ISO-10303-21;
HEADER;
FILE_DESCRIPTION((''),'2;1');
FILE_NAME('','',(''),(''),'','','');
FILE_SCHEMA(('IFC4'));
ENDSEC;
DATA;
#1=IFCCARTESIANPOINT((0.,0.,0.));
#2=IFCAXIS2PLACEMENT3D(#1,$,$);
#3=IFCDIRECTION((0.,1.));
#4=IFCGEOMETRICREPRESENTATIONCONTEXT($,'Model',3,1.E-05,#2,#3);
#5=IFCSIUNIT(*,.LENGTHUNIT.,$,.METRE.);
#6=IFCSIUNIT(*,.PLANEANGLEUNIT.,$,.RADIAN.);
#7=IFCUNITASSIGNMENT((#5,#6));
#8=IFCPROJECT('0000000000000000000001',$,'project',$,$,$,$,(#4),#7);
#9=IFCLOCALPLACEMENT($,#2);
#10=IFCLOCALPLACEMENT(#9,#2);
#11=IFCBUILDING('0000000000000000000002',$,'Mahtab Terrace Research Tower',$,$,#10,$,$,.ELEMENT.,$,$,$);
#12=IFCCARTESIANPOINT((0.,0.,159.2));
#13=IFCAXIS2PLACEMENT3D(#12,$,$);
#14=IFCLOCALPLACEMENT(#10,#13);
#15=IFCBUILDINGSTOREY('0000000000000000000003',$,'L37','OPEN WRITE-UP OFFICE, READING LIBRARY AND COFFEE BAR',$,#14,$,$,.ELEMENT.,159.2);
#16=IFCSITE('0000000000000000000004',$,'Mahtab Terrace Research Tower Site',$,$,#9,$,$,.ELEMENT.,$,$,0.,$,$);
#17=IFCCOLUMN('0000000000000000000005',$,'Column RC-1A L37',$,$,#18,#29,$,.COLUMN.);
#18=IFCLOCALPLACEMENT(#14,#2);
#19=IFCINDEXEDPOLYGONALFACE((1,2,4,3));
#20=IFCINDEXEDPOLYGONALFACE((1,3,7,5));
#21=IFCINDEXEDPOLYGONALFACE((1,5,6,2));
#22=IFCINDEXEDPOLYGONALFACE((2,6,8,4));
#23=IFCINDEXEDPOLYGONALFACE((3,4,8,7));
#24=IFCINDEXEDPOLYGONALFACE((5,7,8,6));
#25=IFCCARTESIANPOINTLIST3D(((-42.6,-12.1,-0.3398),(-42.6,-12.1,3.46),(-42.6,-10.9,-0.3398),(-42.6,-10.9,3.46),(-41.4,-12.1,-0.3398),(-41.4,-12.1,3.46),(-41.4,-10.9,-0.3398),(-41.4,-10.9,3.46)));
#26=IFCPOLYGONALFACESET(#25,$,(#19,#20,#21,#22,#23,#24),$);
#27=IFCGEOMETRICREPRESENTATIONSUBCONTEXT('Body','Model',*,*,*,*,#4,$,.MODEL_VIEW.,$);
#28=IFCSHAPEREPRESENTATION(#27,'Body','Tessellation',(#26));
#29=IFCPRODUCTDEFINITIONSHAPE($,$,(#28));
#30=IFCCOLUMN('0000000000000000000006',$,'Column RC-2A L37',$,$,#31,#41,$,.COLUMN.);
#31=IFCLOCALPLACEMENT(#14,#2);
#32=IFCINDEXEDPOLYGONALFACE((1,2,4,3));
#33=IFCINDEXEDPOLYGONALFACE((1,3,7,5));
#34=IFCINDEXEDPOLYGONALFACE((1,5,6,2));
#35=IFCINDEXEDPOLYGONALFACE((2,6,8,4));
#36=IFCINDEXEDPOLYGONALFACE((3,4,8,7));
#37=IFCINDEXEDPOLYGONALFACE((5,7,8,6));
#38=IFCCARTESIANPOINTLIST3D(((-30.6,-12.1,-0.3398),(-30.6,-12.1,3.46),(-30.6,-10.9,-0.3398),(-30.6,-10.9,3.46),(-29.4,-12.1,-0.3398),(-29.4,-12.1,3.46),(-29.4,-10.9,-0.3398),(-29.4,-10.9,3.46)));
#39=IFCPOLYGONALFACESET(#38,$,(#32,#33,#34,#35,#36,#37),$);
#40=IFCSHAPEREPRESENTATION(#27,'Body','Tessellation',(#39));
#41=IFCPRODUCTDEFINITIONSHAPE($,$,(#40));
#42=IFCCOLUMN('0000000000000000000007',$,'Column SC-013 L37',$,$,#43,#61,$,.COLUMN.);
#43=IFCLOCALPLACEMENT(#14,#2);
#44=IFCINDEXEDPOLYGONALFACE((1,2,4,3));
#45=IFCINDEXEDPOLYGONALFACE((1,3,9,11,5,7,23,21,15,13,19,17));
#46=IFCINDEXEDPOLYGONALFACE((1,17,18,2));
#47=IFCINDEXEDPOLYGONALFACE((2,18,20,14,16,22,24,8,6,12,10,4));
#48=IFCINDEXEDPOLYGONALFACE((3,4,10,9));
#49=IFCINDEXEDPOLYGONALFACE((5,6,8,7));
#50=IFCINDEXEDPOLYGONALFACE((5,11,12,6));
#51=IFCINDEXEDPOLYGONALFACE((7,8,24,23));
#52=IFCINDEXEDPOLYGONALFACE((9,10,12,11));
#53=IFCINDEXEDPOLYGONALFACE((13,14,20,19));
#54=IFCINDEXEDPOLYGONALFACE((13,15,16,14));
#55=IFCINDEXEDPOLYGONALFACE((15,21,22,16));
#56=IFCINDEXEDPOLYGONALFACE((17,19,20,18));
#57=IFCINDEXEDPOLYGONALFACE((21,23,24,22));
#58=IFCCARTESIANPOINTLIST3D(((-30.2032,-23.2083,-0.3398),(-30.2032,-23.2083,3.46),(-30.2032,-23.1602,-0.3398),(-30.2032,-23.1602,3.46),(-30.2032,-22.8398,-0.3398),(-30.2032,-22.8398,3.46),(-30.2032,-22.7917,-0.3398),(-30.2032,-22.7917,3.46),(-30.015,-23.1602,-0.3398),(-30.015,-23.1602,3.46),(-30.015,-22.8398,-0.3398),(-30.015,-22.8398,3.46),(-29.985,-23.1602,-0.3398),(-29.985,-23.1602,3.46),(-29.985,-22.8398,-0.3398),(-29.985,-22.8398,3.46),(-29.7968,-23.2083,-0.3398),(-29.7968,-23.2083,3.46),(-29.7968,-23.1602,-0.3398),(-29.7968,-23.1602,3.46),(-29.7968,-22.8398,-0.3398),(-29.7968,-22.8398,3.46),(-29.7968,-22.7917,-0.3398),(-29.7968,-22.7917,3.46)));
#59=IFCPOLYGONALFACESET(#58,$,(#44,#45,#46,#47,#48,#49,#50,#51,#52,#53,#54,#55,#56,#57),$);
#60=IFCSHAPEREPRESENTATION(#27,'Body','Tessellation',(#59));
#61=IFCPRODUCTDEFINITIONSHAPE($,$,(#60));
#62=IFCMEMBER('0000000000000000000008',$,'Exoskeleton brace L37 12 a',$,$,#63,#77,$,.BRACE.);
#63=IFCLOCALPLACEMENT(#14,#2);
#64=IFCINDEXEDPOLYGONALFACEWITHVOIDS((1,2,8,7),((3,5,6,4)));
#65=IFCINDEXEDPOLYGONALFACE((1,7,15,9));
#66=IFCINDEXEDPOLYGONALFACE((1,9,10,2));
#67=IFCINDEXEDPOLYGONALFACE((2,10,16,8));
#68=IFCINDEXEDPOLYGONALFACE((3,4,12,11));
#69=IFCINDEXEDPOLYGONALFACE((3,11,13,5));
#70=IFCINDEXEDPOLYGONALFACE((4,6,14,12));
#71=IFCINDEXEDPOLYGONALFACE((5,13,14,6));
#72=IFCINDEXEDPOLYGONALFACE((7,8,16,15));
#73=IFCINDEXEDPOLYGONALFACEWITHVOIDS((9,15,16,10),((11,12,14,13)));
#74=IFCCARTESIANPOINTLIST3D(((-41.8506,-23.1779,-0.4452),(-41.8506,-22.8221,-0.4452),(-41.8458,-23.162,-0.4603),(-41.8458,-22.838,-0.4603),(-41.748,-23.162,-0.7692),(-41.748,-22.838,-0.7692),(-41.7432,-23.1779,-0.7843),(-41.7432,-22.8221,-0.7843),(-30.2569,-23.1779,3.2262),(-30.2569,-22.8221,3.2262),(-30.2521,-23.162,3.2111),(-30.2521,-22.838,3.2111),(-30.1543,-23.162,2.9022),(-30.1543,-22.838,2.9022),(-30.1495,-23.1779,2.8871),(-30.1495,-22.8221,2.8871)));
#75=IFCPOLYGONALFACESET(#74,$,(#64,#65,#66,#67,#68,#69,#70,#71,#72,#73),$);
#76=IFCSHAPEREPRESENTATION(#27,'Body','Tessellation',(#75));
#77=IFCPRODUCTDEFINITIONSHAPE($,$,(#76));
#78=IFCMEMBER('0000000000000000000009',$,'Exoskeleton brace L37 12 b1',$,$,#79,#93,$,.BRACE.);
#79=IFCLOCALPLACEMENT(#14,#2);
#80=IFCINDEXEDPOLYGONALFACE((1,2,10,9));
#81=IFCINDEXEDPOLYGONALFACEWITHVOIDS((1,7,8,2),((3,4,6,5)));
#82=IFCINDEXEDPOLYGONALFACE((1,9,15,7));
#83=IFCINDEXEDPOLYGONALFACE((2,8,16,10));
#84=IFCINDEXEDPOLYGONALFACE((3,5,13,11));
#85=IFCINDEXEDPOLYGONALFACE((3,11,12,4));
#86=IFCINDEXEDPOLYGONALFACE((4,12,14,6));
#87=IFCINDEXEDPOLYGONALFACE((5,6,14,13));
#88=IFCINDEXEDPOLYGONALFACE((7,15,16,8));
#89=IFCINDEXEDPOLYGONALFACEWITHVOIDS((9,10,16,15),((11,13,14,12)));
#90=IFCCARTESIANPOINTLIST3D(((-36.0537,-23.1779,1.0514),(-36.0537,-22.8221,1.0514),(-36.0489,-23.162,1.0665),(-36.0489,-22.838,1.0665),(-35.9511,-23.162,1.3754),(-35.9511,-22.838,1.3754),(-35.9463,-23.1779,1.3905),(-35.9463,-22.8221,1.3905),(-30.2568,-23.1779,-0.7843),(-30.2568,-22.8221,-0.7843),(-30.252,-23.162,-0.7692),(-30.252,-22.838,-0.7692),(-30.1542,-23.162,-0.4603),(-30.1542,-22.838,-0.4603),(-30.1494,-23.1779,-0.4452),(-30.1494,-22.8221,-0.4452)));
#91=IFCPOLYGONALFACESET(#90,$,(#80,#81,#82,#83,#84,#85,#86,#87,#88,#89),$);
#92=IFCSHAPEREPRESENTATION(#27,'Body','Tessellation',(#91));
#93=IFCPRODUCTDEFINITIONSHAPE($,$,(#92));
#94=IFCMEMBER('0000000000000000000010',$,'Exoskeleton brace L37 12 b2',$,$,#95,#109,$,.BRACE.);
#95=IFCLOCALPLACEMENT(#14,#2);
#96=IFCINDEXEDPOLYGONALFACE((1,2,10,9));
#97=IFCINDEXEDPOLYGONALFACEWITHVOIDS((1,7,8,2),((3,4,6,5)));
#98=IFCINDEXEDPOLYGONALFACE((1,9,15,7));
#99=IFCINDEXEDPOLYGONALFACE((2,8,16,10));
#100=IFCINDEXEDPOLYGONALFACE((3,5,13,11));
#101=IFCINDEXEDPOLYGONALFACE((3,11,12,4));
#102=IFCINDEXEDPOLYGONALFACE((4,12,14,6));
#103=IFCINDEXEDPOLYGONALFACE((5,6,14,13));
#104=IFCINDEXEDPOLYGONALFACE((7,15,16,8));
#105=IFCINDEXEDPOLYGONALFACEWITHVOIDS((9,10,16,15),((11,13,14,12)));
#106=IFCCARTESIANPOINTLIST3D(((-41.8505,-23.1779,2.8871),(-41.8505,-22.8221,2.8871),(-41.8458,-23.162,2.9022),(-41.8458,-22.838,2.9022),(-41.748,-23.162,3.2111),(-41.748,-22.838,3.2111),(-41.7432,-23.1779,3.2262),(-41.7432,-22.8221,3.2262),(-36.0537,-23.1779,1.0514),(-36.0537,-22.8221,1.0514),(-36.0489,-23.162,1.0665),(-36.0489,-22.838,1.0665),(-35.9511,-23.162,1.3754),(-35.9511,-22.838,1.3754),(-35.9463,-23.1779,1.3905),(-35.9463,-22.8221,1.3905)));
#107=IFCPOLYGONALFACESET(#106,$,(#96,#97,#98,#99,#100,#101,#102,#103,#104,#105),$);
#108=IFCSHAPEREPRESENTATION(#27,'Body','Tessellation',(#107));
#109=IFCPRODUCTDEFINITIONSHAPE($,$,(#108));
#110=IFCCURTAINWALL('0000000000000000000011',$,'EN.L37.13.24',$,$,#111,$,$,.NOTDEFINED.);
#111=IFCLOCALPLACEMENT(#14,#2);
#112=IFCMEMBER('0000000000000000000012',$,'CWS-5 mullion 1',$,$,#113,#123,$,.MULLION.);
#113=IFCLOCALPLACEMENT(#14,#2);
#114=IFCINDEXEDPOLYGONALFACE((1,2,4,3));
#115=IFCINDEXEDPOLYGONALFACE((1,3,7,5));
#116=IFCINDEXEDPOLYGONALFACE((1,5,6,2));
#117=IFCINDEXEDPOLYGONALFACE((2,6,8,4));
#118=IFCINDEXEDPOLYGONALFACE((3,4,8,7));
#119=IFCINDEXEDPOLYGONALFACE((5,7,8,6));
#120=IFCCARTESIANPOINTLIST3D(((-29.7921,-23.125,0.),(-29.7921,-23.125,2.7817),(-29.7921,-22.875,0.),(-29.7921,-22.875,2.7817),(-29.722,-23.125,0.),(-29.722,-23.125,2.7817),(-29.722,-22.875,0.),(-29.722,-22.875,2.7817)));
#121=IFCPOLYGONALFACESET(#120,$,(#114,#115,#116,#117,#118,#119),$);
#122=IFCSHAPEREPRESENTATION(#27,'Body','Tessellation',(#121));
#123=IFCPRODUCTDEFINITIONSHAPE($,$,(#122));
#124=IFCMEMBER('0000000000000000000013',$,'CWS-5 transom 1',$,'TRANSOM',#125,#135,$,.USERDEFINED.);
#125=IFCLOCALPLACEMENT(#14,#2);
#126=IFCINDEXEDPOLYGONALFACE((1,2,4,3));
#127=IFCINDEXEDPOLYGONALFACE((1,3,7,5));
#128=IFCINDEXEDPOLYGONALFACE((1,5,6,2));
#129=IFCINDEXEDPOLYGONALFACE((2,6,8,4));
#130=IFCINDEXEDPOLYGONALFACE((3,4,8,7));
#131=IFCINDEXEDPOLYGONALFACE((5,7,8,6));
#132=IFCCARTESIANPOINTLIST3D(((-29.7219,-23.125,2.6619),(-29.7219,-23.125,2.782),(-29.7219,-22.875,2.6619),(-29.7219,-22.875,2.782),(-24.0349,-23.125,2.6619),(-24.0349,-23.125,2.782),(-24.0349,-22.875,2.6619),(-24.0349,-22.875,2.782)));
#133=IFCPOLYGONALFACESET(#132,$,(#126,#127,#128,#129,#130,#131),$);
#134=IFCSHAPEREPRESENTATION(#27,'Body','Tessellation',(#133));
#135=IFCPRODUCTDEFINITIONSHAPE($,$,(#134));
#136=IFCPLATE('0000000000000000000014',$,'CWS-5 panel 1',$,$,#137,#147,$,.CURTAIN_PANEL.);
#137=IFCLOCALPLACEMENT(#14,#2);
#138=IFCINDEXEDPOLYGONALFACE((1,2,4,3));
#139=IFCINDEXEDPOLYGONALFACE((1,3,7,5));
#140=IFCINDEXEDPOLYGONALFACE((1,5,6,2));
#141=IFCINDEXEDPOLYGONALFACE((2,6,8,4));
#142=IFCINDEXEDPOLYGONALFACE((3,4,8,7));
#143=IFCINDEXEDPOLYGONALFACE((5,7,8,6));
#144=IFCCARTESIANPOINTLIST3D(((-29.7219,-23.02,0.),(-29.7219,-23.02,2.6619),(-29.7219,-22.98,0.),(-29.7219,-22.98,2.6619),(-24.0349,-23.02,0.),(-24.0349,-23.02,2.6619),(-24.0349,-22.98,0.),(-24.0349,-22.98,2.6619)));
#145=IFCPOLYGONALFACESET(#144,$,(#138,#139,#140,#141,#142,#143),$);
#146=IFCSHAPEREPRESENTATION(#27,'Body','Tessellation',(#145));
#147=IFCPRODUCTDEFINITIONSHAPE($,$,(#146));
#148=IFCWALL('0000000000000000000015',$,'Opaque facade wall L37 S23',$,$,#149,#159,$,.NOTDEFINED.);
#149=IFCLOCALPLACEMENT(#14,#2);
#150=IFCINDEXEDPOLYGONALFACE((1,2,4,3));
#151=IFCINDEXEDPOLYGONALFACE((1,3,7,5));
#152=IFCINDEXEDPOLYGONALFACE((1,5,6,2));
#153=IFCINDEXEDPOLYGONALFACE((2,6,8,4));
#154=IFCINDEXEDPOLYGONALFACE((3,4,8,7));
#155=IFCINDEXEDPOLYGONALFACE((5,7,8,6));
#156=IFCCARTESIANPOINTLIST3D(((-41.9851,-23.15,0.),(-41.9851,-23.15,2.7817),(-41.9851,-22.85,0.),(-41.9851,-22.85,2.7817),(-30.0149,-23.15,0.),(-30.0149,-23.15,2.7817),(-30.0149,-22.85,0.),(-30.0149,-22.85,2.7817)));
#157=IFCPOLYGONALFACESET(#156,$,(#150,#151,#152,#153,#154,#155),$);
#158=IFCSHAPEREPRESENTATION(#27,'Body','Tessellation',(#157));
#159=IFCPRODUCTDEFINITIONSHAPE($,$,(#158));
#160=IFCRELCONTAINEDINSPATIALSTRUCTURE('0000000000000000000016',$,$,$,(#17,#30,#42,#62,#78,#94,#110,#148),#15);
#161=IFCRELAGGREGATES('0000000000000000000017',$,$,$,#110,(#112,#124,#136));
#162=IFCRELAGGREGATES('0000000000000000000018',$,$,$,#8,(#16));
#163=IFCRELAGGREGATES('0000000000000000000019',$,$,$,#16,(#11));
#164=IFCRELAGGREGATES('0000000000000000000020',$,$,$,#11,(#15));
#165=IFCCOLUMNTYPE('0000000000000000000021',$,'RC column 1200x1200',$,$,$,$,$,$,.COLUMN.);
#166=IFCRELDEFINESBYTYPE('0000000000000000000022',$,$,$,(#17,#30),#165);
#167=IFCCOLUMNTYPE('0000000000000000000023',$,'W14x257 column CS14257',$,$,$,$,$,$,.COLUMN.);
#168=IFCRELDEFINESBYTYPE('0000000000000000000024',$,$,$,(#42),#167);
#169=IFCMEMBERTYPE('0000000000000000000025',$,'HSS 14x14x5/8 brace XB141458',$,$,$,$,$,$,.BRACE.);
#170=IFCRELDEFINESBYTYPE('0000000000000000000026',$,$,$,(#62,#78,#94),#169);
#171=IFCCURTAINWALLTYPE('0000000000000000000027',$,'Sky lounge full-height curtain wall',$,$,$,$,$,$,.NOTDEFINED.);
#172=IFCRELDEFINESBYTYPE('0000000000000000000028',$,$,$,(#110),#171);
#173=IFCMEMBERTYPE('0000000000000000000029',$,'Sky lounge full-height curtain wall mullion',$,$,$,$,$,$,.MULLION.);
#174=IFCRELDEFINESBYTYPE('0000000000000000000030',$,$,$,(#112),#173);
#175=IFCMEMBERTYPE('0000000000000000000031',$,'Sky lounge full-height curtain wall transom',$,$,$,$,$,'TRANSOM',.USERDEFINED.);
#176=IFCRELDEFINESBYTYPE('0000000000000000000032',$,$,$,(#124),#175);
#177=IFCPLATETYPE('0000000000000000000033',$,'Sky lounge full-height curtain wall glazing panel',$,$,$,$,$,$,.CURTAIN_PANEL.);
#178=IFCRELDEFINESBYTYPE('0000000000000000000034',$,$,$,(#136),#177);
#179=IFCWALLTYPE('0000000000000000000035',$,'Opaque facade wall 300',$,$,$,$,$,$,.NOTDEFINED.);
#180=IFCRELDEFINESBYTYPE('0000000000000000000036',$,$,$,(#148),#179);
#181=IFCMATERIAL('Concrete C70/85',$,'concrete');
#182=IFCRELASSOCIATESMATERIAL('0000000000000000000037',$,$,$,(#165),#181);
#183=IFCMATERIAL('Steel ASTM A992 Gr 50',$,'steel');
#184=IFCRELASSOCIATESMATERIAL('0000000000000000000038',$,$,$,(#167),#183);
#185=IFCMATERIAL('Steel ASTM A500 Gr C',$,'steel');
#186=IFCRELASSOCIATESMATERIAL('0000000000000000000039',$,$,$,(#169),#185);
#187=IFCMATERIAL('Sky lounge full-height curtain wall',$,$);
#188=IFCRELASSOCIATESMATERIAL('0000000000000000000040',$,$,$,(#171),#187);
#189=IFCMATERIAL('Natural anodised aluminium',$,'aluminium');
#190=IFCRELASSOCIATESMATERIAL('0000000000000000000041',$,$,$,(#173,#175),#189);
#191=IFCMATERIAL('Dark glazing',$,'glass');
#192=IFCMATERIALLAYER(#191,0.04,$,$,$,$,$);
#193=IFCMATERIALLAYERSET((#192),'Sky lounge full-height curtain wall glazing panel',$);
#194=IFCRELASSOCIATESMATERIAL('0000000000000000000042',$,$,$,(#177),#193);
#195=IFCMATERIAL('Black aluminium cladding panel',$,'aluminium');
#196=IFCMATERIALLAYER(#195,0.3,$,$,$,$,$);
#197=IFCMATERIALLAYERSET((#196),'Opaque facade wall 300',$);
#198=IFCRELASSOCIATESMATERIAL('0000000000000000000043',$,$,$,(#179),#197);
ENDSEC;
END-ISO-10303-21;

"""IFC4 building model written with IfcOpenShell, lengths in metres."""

from ifc_helpers import new_model, si_unit, direction, frame, frame_2d, origin, origin_2d, place, context, subcontext, project, spatial, rectangle, hollow_rectangle, i_section, extrude, material, layer, layer_set, material_profile, profile_set, type_object, element, aggregate, save


model = new_model("IFC4")

# Units and contexts
model_context = context("Model", 3, precision=1e-05, world=origin(), true_north=direction((0.0, 1.0)))
body_context = subcontext(model_context, "Body", "Model", "MODEL_VIEW")
ifc_project = project(units=[si_unit("LENGTHUNIT", "METRE"), si_unit("PLANEANGLEUNIT", "RADIAN")], contexts=[model_context])

# Site, building, storey
site_placement = place(None, origin())
site = spatial("IfcSite", under=ifc_project, at=site_placement, Name="Mahtab Terrace Research Tower Site", CompositionType="ELEMENT", RefElevation=0.0)
building_placement = place(site_placement, origin())
building = spatial("IfcBuilding", under=site, at=building_placement, Name="Mahtab Terrace Research Tower", CompositionType="ELEMENT")
storey_placement = place(building_placement, frame((0.0, 0.0, 159.2)))
storey = spatial("IfcBuildingStorey", under=building, at=storey_placement, Name="L37", Description="OPEN WRITE-UP OFFICE, READING LIBRARY AND COFFEE BAR", CompositionType="ELEMENT", Elevation=159.2)

# Columns
ifc_material_1 = material(Name="Concrete C70/85", Category="concrete")
ifc_material_profile_1 = material_profile(ifc_material_1, rectangle(XDim=1.2, YDim=1.2, at=origin_2d()), Name="RC column 1200x1200")
ifc_profile_set_1 = profile_set([ifc_material_profile_1], Name="Concrete C70/85")
column_type_1 = type_object("IfcColumnType", Name="RC column 1200x1200", PredefinedType="COLUMN", material=ifc_profile_set_1)
for number, where, z_axis, x_axis, name in (
    (1, (-42.0, -11.5, -0.3398), (0.0, 0.0, 1.0), (1.0, 0.0, 0.0), "Column RC-1A L37"),
    (2, (-30.0, -11.5, -0.3398), (0.0, 0.0, 1.0), (1.0, 0.0, 0.0), "Column RC-2A L37"),
):
    element("IfcColumn", number, at=place(storey_placement, frame(where, z_axis=z_axis, x_axis=x_axis)), inside=storey, type_object=column_type_1, Name=name, PredefinedType="COLUMN", context=body_context, shape_type="SweptSolid", body=[
        extrude(rectangle(XDim=1.2, YDim=1.2, at=origin_2d()), origin(), (0.0, 0.0, 1.0), 3.7998),
    ])
ifc_material_2 = material(Name="Steel ASTM A992 Gr 50", Category="steel")
ifc_material_profile_2 = material_profile(ifc_material_2, i_section(OverallWidth=0.4065, OverallDepth=0.4165, WebThickness=0.03, FlangeThickness=0.0481, at=origin_2d()), Name="W14X257")
ifc_profile_set_2 = profile_set([ifc_material_profile_2], Name="Steel ASTM A992 Gr 50")
column_type_2 = type_object("IfcColumnType", Name="W14x257 column CS14257", PredefinedType="COLUMN", material=ifc_profile_set_2)
column_placement = place(storey_placement, frame((-30.0, -23.0, -0.3398), z_axis=(0.0, 0.0, 1.0), x_axis=(1.0, 0.0, 0.0)))
element("IfcColumn", 3, at=column_placement, inside=storey, type_object=column_type_2, Name="Column SC-013 L37", PredefinedType="COLUMN", context=body_context, shape_type="SweptSolid", body=[
    extrude(i_section(OverallWidth=0.4065, OverallDepth=0.4165, WebThickness=0.03, FlangeThickness=0.0481, at=origin_2d()), origin(), (0.0, 0.0, 1.0), 3.7998),
])

# Members
ifc_material_3 = material(Name="Steel ASTM A500 Gr C", Category="steel")
ifc_material_profile_3 = material_profile(ifc_material_3, hollow_rectangle(XDim=0.3557, YDim=0.3557, WallThickness=0.0159, at=origin_2d()), Name="HSS14X14X5/8")
ifc_profile_set_3 = profile_set([ifc_material_profile_3], Name="Steel ASTM A500 Gr C")
member_type_1 = type_object("IfcMemberType", Name="HSS 14x14x5/8 brace XB141458", PredefinedType="BRACE", material=ifc_profile_set_3)
member_1_placement = place(storey_placement, frame((-41.7969, -23.0, -0.6147), z_axis=(0.953341, 0.0, 0.301894), x_axis=(0.0, 1.0, 0.0)))
element("IfcMember", 4, at=member_1_placement, inside=storey, type_object=member_type_1, Name="Exoskeleton brace L37 12 a", PredefinedType="BRACE", context=body_context, shape_type="SweptSolid", body=[
    extrude(hollow_rectangle(XDim=0.3557, YDim=0.3557, WallThickness=0.0159, at=origin_2d()), origin(), (0.0, 0.0, 1.0), 12.1611),
])
for number, where, z_axis, x_axis, name in (
    (5, (-30.2031, -23.0, -0.6147), (-0.953341, 0.0, 0.301894), (0.0, -1.0, 0.0), "Exoskeleton brace L37 12 b1"),
    (6, (-36.0, -23.0, 1.2209), (-0.953341, 0.0, 0.301894), (0.0, -1.0, 0.0), "Exoskeleton brace L37 12 b2"),
):
    element("IfcMember", number, at=place(storey_placement, frame(where, z_axis=z_axis, x_axis=x_axis)), inside=storey, type_object=member_type_1, Name=name, PredefinedType="BRACE", context=body_context, shape_type="SweptSolid", body=[
        extrude(hollow_rectangle(XDim=0.3557, YDim=0.3557, WallThickness=0.0159, at=origin_2d()), origin(), (0.0, 0.0, 1.0), 6.0806),
    ])

# Curtain wall, members, plate
ifc_material_4 = material(Name="Sky lounge full-height curtain wall")
curtain_wall_type = type_object("IfcCurtainWallType", Name="Sky lounge full-height curtain wall", PredefinedType="NOTDEFINED", material=ifc_material_4)
curtain_wall_placement = place(storey_placement, origin())
curtain_wall = element("IfcCurtainWall", 7, at=curtain_wall_placement, inside=storey, type_object=curtain_wall_type, Name="EN.L37.13.24", PredefinedType="NOTDEFINED")
ifc_material_5 = material(Name="Natural anodised aluminium", Category="aluminium")
ifc_material_profile_4 = material_profile(ifc_material_5, rectangle(XDim=0.25, YDim=0.0701, at=origin_2d()), Name="MULLION 70x250")
ifc_profile_set_4 = profile_set([ifc_material_profile_4], Name="Natural anodised aluminium")
member_type_2 = type_object("IfcMemberType", Name="Sky lounge full-height curtain wall mullion", PredefinedType="MULLION", material=ifc_profile_set_4)
member_2_placement = place(storey_placement, frame((-29.7571, -23.0, 0.0), z_axis=(0.0, 0.0, 1.0), x_axis=(0.0, 1.0, 0.0)))
member_2 = element("IfcMember", 8, at=member_2_placement, type_object=member_type_2, Name="CWS-5 mullion 1", PredefinedType="MULLION", context=body_context, shape_type="SweptSolid", body=[
    extrude(rectangle(XDim=0.25, YDim=0.0701, at=origin_2d()), origin(), (0.0, 0.0, 1.0), 2.7817),
])
ifc_material_profile_5 = material_profile(ifc_material_5, rectangle(XDim=0.25, YDim=0.1201, at=origin_2d()), Name="TRANSOM 120x250")
ifc_profile_set_5 = profile_set([ifc_material_profile_5], Name="Natural anodised aluminium")
member_type_3 = type_object("IfcMemberType", Name="Sky lounge full-height curtain wall transom", ElementType="TRANSOM", PredefinedType="USERDEFINED", material=ifc_profile_set_5)
member_3_placement = place(storey_placement, frame((-29.7219, -23.0, 2.7219), z_axis=(1.0, 0.0, 0.0), x_axis=(0.0, 1.0, 0.0)))
member_3 = element("IfcMember", 9, at=member_3_placement, type_object=member_type_3, Name="CWS-5 transom 1", ObjectType="TRANSOM", PredefinedType="USERDEFINED", context=body_context, shape_type="SweptSolid", body=[
    extrude(rectangle(XDim=0.25, YDim=0.1201, at=origin_2d()), origin(), (0.0, 0.0, 1.0), 5.687),
])
ifc_material_6 = material(Name="Dark glazing", Category="glass")
ifc_layer_1 = layer(ifc_material_6, 0.04)
ifc_layer_set_1 = layer_set([ifc_layer_1], Name="Sky lounge full-height curtain wall glazing panel")
plate_type = type_object("IfcPlateType", Name="Sky lounge full-height curtain wall glazing panel", PredefinedType="CURTAIN_PANEL", material=ifc_layer_set_1)
plate_placement = place(storey_placement, frame((-26.8784, -23.0, 0.0), z_axis=(0.0, 0.0, 1.0), x_axis=(1.0, 0.0, 0.0)))
plate = element("IfcPlate", 10, at=plate_placement, type_object=plate_type, Name="CWS-5 panel 1", PredefinedType="CURTAIN_PANEL", context=body_context, shape_type="SweptSolid", body=[
    extrude(rectangle(XDim=5.687, YDim=0.04, at=origin_2d()), origin(), (0.0, 0.0, 1.0), 2.6619),
])
aggregate(curtain_wall, [member_2, member_3, plate])

# Wall
ifc_material_7 = material(Name="Black aluminium cladding panel", Category="aluminium")
ifc_layer_2 = layer(ifc_material_7, 0.3)
ifc_layer_set_2 = layer_set([ifc_layer_2], Name="Opaque facade wall 300")
wall_type_1 = type_object("IfcWallType", Name="Opaque facade wall 300", PredefinedType="NOTDEFINED", material=ifc_layer_set_2)
wall_1_placement = place(storey_placement, frame((-41.9851, -23.0, 0.0), z_axis=(0.0, 0.0, 1.0), x_axis=(1.0, 0.0, 0.0)))
element("IfcWall", 11, at=wall_1_placement, inside=storey, type_object=wall_type_1, Name="Opaque facade wall L37 S23", PredefinedType="NOTDEFINED", context=body_context, shape_type="SweptSolid", body=[
    extrude(rectangle(XDim=11.9702, YDim=0.3, at=frame_2d((5.9851, 0.0))), origin(), (0.0, 0.0, 1.0), 2.7817),
])

save(model, "model.ifc")
